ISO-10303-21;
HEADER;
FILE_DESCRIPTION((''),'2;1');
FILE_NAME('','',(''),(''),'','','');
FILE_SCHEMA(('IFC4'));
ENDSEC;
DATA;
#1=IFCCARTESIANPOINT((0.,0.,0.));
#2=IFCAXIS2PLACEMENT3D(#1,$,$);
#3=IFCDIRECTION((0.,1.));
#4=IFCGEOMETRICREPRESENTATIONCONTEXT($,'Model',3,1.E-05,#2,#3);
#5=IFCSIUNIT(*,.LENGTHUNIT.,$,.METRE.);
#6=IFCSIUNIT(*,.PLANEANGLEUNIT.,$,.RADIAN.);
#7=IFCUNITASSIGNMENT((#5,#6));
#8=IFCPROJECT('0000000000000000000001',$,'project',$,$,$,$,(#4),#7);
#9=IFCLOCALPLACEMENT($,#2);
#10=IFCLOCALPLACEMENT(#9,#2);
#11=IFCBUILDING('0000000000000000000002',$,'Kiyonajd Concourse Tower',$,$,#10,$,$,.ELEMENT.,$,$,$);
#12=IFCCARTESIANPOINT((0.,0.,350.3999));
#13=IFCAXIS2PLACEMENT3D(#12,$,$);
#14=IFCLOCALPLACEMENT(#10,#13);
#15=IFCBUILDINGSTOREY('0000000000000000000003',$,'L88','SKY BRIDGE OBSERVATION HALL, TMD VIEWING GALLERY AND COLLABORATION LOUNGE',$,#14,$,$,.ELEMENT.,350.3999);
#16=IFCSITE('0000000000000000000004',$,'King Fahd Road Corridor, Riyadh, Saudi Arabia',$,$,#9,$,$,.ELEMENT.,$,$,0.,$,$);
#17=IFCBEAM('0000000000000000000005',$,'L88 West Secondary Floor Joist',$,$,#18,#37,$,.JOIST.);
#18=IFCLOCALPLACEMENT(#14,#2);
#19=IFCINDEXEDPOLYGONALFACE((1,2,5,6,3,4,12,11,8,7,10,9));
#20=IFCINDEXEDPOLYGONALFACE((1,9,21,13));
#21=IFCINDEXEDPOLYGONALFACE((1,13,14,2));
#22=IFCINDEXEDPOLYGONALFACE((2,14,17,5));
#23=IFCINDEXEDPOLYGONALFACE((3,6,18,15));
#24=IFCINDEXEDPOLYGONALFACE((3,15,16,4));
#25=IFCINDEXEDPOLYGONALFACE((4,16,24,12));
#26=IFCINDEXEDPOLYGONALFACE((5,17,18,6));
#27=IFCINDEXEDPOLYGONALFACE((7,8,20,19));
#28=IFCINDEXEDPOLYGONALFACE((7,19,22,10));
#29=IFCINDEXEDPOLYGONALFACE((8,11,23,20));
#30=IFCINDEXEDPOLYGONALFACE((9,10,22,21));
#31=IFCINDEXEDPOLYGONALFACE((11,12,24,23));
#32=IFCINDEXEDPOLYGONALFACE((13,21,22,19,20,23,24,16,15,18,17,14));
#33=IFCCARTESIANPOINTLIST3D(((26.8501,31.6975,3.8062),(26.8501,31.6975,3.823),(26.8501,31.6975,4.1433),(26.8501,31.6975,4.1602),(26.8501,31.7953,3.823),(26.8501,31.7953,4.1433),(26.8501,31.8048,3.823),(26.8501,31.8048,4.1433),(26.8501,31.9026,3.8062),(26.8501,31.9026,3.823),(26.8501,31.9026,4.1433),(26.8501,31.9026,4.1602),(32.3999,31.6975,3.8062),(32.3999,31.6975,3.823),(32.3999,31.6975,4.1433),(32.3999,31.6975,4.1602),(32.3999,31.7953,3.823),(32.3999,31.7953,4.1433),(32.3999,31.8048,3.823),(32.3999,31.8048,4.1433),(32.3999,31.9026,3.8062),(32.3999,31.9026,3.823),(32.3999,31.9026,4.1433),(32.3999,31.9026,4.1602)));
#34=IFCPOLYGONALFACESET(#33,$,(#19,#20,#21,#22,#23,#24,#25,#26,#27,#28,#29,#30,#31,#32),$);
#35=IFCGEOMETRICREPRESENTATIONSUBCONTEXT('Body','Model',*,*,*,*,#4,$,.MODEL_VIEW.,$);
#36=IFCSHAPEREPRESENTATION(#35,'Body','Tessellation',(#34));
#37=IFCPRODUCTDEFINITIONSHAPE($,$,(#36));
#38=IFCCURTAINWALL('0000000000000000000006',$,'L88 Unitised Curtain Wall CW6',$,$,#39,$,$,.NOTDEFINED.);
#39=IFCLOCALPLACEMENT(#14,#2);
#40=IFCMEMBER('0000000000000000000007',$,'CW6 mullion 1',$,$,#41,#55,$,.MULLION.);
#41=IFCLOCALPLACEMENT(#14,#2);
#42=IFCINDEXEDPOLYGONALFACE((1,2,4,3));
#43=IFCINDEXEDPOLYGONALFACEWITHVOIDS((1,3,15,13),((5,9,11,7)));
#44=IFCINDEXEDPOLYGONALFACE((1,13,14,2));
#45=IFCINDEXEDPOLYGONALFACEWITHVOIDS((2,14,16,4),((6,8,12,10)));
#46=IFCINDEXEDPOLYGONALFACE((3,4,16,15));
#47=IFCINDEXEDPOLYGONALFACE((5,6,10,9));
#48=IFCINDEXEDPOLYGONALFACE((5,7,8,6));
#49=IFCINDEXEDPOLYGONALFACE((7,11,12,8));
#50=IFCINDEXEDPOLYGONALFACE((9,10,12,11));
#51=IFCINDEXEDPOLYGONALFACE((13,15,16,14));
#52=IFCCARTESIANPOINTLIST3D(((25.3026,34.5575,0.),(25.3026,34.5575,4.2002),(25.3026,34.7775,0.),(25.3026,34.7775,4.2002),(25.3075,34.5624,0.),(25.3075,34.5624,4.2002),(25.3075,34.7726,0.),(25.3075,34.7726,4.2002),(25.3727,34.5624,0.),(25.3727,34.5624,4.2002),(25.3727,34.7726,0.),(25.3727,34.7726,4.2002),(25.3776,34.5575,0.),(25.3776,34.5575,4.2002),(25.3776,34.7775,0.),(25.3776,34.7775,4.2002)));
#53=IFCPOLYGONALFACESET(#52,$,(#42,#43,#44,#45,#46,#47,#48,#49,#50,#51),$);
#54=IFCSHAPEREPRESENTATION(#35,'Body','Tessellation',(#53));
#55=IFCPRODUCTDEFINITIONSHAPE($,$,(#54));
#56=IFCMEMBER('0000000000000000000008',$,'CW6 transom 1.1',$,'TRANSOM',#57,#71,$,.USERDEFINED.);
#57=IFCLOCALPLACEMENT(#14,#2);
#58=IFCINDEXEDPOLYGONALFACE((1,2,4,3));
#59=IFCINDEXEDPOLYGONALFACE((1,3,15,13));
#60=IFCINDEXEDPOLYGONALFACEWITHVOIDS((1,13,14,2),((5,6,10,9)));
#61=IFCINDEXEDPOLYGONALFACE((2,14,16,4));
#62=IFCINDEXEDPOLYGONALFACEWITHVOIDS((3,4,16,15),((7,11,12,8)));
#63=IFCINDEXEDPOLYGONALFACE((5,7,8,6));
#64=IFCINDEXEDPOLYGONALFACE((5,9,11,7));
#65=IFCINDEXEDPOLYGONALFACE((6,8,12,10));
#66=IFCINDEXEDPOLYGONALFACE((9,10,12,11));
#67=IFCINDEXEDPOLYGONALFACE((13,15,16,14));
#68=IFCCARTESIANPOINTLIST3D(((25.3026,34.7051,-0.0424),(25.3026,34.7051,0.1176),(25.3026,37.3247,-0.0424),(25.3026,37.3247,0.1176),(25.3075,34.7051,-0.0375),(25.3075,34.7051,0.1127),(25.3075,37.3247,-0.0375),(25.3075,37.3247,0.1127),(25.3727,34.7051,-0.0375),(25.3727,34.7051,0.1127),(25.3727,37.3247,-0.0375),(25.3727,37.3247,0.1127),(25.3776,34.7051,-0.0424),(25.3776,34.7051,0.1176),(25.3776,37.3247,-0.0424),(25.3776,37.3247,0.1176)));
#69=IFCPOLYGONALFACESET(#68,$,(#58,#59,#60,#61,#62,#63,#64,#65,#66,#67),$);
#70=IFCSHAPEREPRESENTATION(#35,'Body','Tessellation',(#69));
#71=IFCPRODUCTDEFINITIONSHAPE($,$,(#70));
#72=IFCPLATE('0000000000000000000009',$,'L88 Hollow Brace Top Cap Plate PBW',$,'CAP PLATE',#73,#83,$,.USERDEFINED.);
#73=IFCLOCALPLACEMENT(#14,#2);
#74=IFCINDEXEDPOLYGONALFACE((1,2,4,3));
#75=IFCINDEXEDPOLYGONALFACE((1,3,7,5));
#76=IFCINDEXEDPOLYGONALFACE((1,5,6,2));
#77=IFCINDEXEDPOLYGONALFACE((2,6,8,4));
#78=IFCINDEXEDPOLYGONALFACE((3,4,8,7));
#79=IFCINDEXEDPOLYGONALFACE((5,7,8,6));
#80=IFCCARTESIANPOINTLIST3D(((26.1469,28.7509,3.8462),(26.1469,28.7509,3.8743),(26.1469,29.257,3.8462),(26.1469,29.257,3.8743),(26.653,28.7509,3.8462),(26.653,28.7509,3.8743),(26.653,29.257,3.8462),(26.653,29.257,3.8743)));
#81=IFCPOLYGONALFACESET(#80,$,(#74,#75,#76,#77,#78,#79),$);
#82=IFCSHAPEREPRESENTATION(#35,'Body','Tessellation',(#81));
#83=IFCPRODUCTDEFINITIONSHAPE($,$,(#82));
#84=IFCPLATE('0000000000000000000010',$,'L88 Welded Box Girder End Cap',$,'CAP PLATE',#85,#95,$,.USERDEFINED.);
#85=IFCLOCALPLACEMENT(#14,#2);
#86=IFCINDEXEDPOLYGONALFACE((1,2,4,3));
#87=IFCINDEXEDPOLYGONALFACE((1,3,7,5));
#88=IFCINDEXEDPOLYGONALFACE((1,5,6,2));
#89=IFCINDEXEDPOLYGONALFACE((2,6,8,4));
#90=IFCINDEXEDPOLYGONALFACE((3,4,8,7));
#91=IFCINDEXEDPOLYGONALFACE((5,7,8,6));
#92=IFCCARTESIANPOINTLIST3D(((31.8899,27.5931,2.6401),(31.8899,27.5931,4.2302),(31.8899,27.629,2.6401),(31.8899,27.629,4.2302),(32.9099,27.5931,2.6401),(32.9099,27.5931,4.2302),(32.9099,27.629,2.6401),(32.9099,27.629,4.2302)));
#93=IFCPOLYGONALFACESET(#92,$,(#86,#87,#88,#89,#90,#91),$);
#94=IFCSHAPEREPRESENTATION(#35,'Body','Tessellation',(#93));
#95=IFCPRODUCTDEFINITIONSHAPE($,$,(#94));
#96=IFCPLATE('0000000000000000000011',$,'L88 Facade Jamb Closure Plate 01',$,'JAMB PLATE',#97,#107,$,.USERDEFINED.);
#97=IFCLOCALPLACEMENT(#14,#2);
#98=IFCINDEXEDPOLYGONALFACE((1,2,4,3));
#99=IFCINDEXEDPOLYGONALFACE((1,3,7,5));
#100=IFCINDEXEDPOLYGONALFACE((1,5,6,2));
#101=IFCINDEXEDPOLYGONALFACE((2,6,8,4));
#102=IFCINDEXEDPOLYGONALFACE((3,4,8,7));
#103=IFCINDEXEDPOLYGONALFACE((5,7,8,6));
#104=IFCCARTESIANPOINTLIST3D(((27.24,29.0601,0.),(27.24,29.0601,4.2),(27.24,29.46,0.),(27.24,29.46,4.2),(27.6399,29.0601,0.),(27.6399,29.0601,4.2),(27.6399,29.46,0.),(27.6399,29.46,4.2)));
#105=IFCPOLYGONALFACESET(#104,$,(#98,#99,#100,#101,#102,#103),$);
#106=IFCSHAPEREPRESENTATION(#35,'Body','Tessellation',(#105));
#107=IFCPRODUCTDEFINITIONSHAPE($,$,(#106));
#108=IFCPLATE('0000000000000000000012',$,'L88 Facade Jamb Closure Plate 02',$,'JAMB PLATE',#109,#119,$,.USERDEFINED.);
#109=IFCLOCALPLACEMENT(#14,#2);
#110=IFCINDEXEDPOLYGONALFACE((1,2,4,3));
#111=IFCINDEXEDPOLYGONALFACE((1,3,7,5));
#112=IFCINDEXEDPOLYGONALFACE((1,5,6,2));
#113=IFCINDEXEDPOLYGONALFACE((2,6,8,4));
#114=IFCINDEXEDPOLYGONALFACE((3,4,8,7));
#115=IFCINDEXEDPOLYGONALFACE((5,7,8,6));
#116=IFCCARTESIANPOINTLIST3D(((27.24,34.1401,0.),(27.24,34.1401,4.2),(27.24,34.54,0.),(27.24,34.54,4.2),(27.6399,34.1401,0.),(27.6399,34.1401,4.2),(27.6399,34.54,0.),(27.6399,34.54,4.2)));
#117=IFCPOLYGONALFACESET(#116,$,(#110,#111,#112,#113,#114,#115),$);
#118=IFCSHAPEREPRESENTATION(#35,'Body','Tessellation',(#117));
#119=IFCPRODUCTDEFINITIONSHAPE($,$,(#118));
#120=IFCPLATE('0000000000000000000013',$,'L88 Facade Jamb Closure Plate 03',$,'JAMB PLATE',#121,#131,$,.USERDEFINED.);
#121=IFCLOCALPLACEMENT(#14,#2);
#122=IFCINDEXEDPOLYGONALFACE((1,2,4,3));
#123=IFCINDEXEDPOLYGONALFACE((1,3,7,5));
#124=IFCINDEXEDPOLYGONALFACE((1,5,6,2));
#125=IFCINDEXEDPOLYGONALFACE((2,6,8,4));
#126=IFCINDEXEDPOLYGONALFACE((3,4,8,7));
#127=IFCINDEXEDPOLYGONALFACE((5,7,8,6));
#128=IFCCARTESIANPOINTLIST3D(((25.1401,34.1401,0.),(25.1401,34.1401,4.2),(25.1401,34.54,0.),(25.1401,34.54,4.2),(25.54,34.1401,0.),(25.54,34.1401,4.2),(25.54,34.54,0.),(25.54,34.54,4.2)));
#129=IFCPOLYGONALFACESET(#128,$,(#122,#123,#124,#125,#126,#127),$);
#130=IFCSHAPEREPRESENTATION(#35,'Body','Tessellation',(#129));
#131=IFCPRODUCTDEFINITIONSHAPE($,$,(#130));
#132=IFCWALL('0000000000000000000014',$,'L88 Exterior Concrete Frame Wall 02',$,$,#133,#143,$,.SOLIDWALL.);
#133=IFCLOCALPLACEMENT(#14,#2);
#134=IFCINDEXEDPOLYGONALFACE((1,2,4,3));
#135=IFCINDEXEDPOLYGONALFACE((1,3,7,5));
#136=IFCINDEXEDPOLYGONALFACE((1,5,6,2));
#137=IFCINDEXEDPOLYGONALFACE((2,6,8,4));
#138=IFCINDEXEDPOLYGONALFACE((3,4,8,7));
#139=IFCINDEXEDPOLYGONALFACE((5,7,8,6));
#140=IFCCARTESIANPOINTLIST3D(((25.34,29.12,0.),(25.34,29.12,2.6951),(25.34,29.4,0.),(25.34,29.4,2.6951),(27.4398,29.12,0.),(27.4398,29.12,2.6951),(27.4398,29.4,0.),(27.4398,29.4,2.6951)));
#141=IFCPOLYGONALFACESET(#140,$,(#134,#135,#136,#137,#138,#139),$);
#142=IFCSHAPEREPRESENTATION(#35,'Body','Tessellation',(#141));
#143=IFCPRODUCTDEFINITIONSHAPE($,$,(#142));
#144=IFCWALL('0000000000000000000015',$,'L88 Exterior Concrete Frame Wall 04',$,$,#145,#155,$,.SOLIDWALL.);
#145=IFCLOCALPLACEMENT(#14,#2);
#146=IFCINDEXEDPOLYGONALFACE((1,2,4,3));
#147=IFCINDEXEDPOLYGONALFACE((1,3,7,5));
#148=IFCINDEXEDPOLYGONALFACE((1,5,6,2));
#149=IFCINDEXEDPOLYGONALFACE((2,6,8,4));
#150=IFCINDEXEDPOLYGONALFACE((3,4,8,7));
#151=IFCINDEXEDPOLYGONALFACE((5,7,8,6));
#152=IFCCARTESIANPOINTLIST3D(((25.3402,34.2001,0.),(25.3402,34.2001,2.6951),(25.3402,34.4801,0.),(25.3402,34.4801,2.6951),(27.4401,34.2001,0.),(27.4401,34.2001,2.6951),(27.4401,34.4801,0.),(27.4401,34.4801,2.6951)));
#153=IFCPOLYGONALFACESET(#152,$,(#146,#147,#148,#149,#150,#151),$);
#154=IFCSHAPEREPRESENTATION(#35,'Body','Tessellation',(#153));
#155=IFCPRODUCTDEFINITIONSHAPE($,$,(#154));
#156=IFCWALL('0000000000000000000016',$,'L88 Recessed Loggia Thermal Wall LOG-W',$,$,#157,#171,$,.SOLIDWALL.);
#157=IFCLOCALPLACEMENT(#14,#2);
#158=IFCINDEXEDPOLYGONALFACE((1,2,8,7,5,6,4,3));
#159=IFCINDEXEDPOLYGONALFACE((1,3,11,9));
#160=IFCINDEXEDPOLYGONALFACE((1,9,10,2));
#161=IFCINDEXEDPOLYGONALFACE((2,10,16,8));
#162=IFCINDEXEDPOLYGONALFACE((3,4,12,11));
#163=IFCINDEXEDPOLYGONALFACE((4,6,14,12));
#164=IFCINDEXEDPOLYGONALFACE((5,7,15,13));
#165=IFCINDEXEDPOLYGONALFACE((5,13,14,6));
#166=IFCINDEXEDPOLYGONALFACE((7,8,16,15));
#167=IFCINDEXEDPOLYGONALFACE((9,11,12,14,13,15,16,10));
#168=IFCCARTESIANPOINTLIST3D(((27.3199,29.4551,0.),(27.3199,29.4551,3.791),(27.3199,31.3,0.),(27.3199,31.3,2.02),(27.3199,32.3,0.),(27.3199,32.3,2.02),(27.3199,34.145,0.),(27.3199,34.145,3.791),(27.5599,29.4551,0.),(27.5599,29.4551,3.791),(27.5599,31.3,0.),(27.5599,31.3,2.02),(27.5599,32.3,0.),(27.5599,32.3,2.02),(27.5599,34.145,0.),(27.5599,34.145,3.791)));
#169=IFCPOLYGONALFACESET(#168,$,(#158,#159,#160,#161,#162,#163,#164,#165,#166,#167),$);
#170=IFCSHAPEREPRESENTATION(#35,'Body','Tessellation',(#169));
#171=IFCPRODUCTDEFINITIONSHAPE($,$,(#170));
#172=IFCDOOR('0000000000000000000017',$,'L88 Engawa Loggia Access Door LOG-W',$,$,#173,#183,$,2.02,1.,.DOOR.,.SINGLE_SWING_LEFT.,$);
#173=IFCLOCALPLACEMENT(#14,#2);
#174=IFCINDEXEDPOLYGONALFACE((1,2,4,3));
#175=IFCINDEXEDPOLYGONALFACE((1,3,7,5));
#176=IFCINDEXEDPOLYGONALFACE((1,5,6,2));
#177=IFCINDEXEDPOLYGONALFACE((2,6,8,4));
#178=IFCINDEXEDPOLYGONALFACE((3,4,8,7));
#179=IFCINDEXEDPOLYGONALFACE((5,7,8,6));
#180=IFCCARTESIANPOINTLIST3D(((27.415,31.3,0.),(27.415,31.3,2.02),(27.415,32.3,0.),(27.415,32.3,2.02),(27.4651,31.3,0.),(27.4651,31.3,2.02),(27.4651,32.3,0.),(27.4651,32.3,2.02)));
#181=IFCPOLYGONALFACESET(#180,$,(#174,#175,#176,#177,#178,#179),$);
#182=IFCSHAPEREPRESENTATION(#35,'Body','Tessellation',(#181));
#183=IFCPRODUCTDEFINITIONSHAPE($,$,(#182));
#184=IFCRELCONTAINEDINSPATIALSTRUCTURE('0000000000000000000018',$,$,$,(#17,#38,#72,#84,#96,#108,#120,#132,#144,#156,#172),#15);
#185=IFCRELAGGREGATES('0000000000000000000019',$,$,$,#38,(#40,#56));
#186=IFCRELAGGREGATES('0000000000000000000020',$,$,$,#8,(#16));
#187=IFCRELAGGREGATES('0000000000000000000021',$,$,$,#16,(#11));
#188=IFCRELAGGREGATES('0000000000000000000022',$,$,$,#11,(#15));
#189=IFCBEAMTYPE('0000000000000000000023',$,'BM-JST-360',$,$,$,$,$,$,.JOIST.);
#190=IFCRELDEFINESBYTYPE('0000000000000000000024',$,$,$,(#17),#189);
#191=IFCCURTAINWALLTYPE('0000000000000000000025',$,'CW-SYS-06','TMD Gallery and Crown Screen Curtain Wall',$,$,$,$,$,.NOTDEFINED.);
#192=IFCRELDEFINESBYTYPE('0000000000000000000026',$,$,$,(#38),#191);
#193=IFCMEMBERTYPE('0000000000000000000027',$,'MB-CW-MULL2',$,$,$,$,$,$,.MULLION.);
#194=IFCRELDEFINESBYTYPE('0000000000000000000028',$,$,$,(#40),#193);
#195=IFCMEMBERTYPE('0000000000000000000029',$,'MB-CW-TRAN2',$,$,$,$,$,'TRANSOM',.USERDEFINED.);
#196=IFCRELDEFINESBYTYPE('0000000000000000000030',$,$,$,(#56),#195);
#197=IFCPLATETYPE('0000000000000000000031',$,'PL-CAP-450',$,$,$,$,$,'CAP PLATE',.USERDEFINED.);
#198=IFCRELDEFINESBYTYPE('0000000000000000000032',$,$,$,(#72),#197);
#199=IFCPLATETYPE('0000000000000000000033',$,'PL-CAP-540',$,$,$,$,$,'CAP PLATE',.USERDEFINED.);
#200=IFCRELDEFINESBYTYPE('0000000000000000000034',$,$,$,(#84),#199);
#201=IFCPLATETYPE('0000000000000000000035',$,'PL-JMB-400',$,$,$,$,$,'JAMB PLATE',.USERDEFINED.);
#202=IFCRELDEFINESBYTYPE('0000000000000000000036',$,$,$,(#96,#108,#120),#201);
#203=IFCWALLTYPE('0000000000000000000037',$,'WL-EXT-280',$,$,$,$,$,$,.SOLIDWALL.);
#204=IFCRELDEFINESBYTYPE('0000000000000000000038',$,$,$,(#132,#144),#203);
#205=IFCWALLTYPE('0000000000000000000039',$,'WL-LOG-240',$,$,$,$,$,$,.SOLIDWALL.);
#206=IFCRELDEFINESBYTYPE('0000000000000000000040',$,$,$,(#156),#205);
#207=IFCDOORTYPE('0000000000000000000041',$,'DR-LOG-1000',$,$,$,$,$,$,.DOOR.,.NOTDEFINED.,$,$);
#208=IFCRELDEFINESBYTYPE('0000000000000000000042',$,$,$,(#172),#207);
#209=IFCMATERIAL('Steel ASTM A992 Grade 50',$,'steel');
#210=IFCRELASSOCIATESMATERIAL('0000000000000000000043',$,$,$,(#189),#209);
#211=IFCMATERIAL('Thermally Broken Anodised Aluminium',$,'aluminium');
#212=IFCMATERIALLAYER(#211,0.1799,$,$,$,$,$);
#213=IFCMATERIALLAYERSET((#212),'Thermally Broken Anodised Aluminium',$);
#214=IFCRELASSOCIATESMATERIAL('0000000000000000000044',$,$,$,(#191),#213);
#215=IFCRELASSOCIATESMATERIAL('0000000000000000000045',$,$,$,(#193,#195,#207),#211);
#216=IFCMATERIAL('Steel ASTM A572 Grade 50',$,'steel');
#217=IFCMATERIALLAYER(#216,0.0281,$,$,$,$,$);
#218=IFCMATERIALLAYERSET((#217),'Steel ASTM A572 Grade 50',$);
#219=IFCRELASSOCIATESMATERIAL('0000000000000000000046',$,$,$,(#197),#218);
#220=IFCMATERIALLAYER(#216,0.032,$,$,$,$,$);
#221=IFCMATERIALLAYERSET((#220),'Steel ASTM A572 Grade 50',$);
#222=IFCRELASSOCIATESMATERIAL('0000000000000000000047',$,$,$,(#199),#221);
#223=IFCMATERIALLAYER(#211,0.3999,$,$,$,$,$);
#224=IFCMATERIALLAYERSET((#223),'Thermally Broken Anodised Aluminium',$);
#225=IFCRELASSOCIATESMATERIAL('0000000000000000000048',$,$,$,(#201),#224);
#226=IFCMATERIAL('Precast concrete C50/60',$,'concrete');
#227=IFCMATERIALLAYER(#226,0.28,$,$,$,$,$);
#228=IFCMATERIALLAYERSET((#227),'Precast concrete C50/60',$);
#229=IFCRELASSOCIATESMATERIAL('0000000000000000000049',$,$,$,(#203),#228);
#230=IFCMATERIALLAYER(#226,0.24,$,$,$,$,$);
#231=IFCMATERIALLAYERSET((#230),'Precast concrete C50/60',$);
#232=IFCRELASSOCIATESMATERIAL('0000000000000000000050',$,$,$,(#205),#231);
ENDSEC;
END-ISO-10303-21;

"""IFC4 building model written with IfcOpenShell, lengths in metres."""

from ifc_helpers import new_model, si_unit, direction, frame, frame_2d, origin, origin_2d, place, context, subcontext, project, spatial, rectangle, hollow_rectangle, i_section, extrude, material, layer, layer_set, material_profile, profile_set, type_object, element, fill, aggregate, save


model = new_model("IFC4")

# Units and contexts
model_context = context("Model", 3, precision=1e-05, world=origin(), true_north=direction((0.0, 1.0)))
body_context = subcontext(model_context, "Body", "Model", "MODEL_VIEW")
ifc_project = project(units=[si_unit("LENGTHUNIT", "METRE"), si_unit("PLANEANGLEUNIT", "RADIAN")], contexts=[model_context])

# Site, building, storey
site_placement = place(None, origin())
site = spatial("IfcSite", under=ifc_project, at=site_placement, Name="King Fahd Road Corridor, Riyadh, Saudi Arabia", CompositionType="ELEMENT", RefElevation=0.0)
building_placement = place(site_placement, origin())
building = spatial("IfcBuilding", under=site, at=building_placement, Name="Kiyonajd Concourse Tower", CompositionType="ELEMENT")
storey_placement = place(building_placement, frame((0.0, 0.0, 350.3999)))
storey = spatial("IfcBuildingStorey", under=building, at=storey_placement, Name="L88", Description="SKY BRIDGE OBSERVATION HALL, TMD VIEWING GALLERY AND COLLABORATION LOUNGE", CompositionType="ELEMENT", Elevation=350.3999)

# Beam
ifc_material_1 = material(Name="Steel ASTM A992 Grade 50", Category="steel")
ifc_material_profile_1 = material_profile(ifc_material_1, i_section(OverallWidth=0.2051, OverallDepth=0.354, WebThickness=0.0095, FlangeThickness=0.0168, at=origin_2d()), Name="W360X79")
ifc_profile_set_1 = profile_set([ifc_material_profile_1], Name="Steel ASTM A992 Grade 50")
beam_type = type_object("IfcBeamType", Name="BM-JST-360", PredefinedType="JOIST", material=ifc_profile_set_1)
beam_placement = place(storey_placement, frame((26.8501, 31.8, 3.9832), z_axis=(1.0, 0.0, 0.0), x_axis=(0.0, 1.0, 0.0)))
element("IfcBeam", 1, at=beam_placement, inside=storey, type_object=beam_type, Name="L88 West Secondary Floor Joist", PredefinedType="JOIST", context=body_context, shape_type="SweptSolid", body=[
    extrude(i_section(OverallWidth=0.2051, OverallDepth=0.354, WebThickness=0.0095, FlangeThickness=0.0168, at=origin_2d()), origin(), (0.0, 0.0, 1.0), 5.5498),
])

# Curtain wall, members
ifc_material_2 = material(Name="Thermally Broken Anodised Aluminium", Category="aluminium")
ifc_layer_1 = layer(ifc_material_2, 0.1799)
ifc_layer_set_1 = layer_set([ifc_layer_1], Name="Thermally Broken Anodised Aluminium")
curtain_wall_type = type_object("IfcCurtainWallType", Name="CW-SYS-06", Description="TMD Gallery and Crown Screen Curtain Wall", PredefinedType="NOTDEFINED", material=ifc_layer_set_1)
curtain_wall_placement = place(storey_placement, origin())
curtain_wall = element("IfcCurtainWall", 2, at=curtain_wall_placement, inside=storey, type_object=curtain_wall_type, Name="L88 Unitised Curtain Wall CW6", PredefinedType="NOTDEFINED")
ifc_material_profile_2 = material_profile(ifc_material_2, hollow_rectangle(XDim=0.075, YDim=0.22, WallThickness=0.0049, at=origin_2d()), Name="MULL-75x220")
ifc_profile_set_2 = profile_set([ifc_material_profile_2], Name="Thermally Broken Anodised Aluminium")
member_type_1 = type_object("IfcMemberType", Name="MB-CW-MULL2", PredefinedType="MULLION", material=ifc_profile_set_2)
member_1_placement = place(storey_placement, frame((25.3401, 34.6675, 0.0), z_axis=(0.0, 0.0, 1.0), x_axis=(-1.0, 0.0, 0.0)))
member_1 = element("IfcMember", 3, at=member_1_placement, type_object=member_type_1, Name="CW6 mullion 1", PredefinedType="MULLION", context=body_context, shape_type="SweptSolid", body=[
    extrude(hollow_rectangle(XDim=0.075, YDim=0.22, WallThickness=0.0049, at=origin_2d()), origin(), (0.0, 0.0, 1.0), 4.2002),
])
ifc_material_profile_3 = material_profile(ifc_material_2, hollow_rectangle(XDim=0.075, YDim=0.1599, WallThickness=0.0049, at=origin_2d()), Name="TRAN-75x160")
ifc_profile_set_3 = profile_set([ifc_material_profile_3], Name="Thermally Broken Anodised Aluminium")
member_type_2 = type_object("IfcMemberType", Name="MB-CW-TRAN2", ElementType="TRANSOM", PredefinedType="USERDEFINED", material=ifc_profile_set_3)
member_2_placement = place(storey_placement, frame((25.3401, 34.7051, 0.0376), z_axis=(0.0, 1.0, 0.0), x_axis=(-1.0, 0.0, 0.0)))
member_2 = element("IfcMember", 4, at=member_2_placement, type_object=member_type_2, Name="CW6 transom 1.1", ObjectType="TRANSOM", PredefinedType="USERDEFINED", context=body_context, shape_type="SweptSolid", body=[
    extrude(hollow_rectangle(XDim=0.075, YDim=0.1599, WallThickness=0.0049, at=origin_2d()), origin(), (0.0, 0.0, 1.0), 2.6196),
])
aggregate(curtain_wall, [member_1, member_2])

# Plates
ifc_material_3 = material(Name="Steel ASTM A572 Grade 50", Category="steel")
ifc_layer_2 = layer(ifc_material_3, 0.0281)
ifc_layer_set_2 = layer_set([ifc_layer_2], Name="Steel ASTM A572 Grade 50")
plate_type_1 = type_object("IfcPlateType", Name="PL-CAP-450", ElementType="CAP PLATE", PredefinedType="USERDEFINED", material=ifc_layer_set_2)
plate_1_placement = place(storey_placement, frame((26.3999, 29.0039, 3.8462), z_axis=(0.0, 0.0, 1.0), x_axis=(1.0, 0.0, 0.0)))
element("IfcPlate", 5, at=plate_1_placement, inside=storey, type_object=plate_type_1, Name="L88 Hollow Brace Top Cap Plate PBW", ObjectType="CAP PLATE", PredefinedType="USERDEFINED", context=body_context, shape_type="SweptSolid", body=[
    extrude(rectangle(XDim=0.5061, YDim=0.5061, at=origin_2d()), origin(), (0.0, 0.0, 1.0), 0.0281),
])
ifc_layer_3 = layer(ifc_material_3, 0.032)
ifc_layer_set_3 = layer_set([ifc_layer_3], Name="Steel ASTM A572 Grade 50")
plate_type_2 = type_object("IfcPlateType", Name="PL-CAP-540", ElementType="CAP PLATE", PredefinedType="USERDEFINED", material=ifc_layer_set_3)
plate_2_placement = place(storey_placement, frame((32.3999, 27.6111, 2.6401), z_axis=(0.0, 0.0, 1.0), x_axis=(0.0, 1.0, 0.0)))
element("IfcPlate", 6, at=plate_2_placement, inside=storey, type_object=plate_type_2, Name="L88 Welded Box Girder End Cap", ObjectType="CAP PLATE", PredefinedType="USERDEFINED", context=body_context, shape_type="SweptSolid", body=[
    extrude(rectangle(XDim=0.0359, YDim=1.02, at=origin_2d()), origin(), (0.0, 0.0, 1.0), 1.5901),
])
ifc_layer_4 = layer(ifc_material_2, 0.3999)
ifc_layer_set_4 = layer_set([ifc_layer_4], Name="Thermally Broken Anodised Aluminium")
plate_type_3 = type_object("IfcPlateType", Name="PL-JMB-400", ElementType="JAMB PLATE", PredefinedType="USERDEFINED", material=ifc_layer_set_4)
for number, where, z_axis, x_axis, name in (
    (7, (27.4399, 29.26, 0.0), (0.0, 0.0, 1.0), (1.0, 0.0, 0.0), "L88 Facade Jamb Closure Plate 01"),
    (8, (27.4399, 34.3401, 0.0), (0.0, 0.0, 1.0), (1.0, 0.0, 0.0), "L88 Facade Jamb Closure Plate 02"),
    (9, (25.3401, 34.3401, 0.0), (0.0, 0.0, 1.0), (1.0, 0.0, 0.0), "L88 Facade Jamb Closure Plate 03"),
):
    element("IfcPlate", number, at=place(storey_placement, frame(where, z_axis=z_axis, x_axis=x_axis)), inside=storey, type_object=plate_type_3, Name=name, ObjectType="JAMB PLATE", PredefinedType="USERDEFINED", context=body_context, shape_type="SweptSolid", body=[
        extrude(rectangle(XDim=0.3999, YDim=0.3999, at=origin_2d()), origin(), (0.0, 0.0, 1.0), 4.2),
    ])

# Walls
ifc_material_4 = material(Name="Precast concrete C50/60", Category="concrete")
ifc_layer_5 = layer(ifc_material_4, 0.28)
ifc_layer_set_5 = layer_set([ifc_layer_5], Name="Precast concrete C50/60")
wall_type_1 = type_object("IfcWallType", Name="WL-EXT-280", PredefinedType="SOLIDWALL", material=ifc_layer_set_5)
for number, where, z_axis, x_axis, name in (
    (10, (25.3401, 29.26, 0.0), (0.0, 0.0, 1.0), (1.0, 0.0, 0.0), "L88 Exterior Concrete Frame Wall 02"),
    (11, (27.4399, 34.3401, 0.0), (0.0, 0.0, 1.0), (-1.0, 0.0, 0.0), "L88 Exterior Concrete Frame Wall 04"),
):
    element("IfcWall", number, at=place(storey_placement, frame(where, z_axis=z_axis, x_axis=x_axis)), inside=storey, type_object=wall_type_1, Name=name, PredefinedType="SOLIDWALL", context=body_context, shape_type="SweptSolid", body=[
        extrude(rectangle(XDim=2.0999, YDim=0.28, at=frame_2d((1.0498, 0.0))), origin(), (0.0, 0.0, 1.0), 2.6951),
    ])

# Wall, opening, door
ifc_layer_6 = layer(ifc_material_4, 0.24)
ifc_layer_set_6 = layer_set([ifc_layer_6], Name="Precast concrete C50/60")
wall_type_2 = type_object("IfcWallType", Name="WL-LOG-240", PredefinedType="SOLIDWALL", material=ifc_layer_set_6)
wall_placement = place(storey_placement, frame((27.4399, 29.4551, 0.0), z_axis=(0.0, 0.0, 1.0), x_axis=(0.0, 1.0, 0.0)))
wall = element("IfcWall", 12, at=wall_placement, inside=storey, type_object=wall_type_2, Name="L88 Recessed Loggia Thermal Wall LOG-W", PredefinedType="SOLIDWALL", context=body_context, shape_type="SweptSolid", body=[
    extrude(rectangle(XDim=4.6899, YDim=0.24, at=frame_2d((2.345, 0.0))), origin(), (0.0, 0.0, 1.0), 3.791),
])
opening_placement = place(wall_placement, frame((1.845, 0.0, 0.0)))
opening = element("IfcOpeningElement", 13, at=opening_placement, cuts=wall, PredefinedType="OPENING", context=body_context, shape_type="SweptSolid", body=[
    extrude(rectangle(XDim=1.0, YDim=2.02, at=frame_2d((0.5, 1.01))), frame((0.0, 0.1299, 0.0), z_axis=(0.0, -1.0, 0.0), x_axis=(1.0, 0.0, 0.0)), (0.0, 0.0, 1.0), 0.26),
])
door_type = type_object("IfcDoorType", Name="DR-LOG-1000", OperationType="NOTDEFINED", PredefinedType="DOOR", material=ifc_material_2)
door_placement = place(opening_placement, origin())
door = element("IfcDoor", 14, at=door_placement, inside=storey, type_object=door_type, Name="L88 Engawa Loggia Access Door LOG-W", OperationType="SINGLE_SWING_LEFT", OverallHeight=2.02, OverallWidth=1.0, PredefinedType="DOOR", context=body_context, shape_type="SweptSolid", body=[
    extrude(rectangle(XDim=1.0, YDim=2.02, at=frame_2d((0.5, 1.01))), frame((0.0, 0.0249, 0.0), z_axis=(0.0, -1.0, 0.0), x_axis=(1.0, 0.0, 0.0)), (0.0, 0.0, 1.0), 0.05),
])
fill(opening, door)

save(model, "model.ifc")
